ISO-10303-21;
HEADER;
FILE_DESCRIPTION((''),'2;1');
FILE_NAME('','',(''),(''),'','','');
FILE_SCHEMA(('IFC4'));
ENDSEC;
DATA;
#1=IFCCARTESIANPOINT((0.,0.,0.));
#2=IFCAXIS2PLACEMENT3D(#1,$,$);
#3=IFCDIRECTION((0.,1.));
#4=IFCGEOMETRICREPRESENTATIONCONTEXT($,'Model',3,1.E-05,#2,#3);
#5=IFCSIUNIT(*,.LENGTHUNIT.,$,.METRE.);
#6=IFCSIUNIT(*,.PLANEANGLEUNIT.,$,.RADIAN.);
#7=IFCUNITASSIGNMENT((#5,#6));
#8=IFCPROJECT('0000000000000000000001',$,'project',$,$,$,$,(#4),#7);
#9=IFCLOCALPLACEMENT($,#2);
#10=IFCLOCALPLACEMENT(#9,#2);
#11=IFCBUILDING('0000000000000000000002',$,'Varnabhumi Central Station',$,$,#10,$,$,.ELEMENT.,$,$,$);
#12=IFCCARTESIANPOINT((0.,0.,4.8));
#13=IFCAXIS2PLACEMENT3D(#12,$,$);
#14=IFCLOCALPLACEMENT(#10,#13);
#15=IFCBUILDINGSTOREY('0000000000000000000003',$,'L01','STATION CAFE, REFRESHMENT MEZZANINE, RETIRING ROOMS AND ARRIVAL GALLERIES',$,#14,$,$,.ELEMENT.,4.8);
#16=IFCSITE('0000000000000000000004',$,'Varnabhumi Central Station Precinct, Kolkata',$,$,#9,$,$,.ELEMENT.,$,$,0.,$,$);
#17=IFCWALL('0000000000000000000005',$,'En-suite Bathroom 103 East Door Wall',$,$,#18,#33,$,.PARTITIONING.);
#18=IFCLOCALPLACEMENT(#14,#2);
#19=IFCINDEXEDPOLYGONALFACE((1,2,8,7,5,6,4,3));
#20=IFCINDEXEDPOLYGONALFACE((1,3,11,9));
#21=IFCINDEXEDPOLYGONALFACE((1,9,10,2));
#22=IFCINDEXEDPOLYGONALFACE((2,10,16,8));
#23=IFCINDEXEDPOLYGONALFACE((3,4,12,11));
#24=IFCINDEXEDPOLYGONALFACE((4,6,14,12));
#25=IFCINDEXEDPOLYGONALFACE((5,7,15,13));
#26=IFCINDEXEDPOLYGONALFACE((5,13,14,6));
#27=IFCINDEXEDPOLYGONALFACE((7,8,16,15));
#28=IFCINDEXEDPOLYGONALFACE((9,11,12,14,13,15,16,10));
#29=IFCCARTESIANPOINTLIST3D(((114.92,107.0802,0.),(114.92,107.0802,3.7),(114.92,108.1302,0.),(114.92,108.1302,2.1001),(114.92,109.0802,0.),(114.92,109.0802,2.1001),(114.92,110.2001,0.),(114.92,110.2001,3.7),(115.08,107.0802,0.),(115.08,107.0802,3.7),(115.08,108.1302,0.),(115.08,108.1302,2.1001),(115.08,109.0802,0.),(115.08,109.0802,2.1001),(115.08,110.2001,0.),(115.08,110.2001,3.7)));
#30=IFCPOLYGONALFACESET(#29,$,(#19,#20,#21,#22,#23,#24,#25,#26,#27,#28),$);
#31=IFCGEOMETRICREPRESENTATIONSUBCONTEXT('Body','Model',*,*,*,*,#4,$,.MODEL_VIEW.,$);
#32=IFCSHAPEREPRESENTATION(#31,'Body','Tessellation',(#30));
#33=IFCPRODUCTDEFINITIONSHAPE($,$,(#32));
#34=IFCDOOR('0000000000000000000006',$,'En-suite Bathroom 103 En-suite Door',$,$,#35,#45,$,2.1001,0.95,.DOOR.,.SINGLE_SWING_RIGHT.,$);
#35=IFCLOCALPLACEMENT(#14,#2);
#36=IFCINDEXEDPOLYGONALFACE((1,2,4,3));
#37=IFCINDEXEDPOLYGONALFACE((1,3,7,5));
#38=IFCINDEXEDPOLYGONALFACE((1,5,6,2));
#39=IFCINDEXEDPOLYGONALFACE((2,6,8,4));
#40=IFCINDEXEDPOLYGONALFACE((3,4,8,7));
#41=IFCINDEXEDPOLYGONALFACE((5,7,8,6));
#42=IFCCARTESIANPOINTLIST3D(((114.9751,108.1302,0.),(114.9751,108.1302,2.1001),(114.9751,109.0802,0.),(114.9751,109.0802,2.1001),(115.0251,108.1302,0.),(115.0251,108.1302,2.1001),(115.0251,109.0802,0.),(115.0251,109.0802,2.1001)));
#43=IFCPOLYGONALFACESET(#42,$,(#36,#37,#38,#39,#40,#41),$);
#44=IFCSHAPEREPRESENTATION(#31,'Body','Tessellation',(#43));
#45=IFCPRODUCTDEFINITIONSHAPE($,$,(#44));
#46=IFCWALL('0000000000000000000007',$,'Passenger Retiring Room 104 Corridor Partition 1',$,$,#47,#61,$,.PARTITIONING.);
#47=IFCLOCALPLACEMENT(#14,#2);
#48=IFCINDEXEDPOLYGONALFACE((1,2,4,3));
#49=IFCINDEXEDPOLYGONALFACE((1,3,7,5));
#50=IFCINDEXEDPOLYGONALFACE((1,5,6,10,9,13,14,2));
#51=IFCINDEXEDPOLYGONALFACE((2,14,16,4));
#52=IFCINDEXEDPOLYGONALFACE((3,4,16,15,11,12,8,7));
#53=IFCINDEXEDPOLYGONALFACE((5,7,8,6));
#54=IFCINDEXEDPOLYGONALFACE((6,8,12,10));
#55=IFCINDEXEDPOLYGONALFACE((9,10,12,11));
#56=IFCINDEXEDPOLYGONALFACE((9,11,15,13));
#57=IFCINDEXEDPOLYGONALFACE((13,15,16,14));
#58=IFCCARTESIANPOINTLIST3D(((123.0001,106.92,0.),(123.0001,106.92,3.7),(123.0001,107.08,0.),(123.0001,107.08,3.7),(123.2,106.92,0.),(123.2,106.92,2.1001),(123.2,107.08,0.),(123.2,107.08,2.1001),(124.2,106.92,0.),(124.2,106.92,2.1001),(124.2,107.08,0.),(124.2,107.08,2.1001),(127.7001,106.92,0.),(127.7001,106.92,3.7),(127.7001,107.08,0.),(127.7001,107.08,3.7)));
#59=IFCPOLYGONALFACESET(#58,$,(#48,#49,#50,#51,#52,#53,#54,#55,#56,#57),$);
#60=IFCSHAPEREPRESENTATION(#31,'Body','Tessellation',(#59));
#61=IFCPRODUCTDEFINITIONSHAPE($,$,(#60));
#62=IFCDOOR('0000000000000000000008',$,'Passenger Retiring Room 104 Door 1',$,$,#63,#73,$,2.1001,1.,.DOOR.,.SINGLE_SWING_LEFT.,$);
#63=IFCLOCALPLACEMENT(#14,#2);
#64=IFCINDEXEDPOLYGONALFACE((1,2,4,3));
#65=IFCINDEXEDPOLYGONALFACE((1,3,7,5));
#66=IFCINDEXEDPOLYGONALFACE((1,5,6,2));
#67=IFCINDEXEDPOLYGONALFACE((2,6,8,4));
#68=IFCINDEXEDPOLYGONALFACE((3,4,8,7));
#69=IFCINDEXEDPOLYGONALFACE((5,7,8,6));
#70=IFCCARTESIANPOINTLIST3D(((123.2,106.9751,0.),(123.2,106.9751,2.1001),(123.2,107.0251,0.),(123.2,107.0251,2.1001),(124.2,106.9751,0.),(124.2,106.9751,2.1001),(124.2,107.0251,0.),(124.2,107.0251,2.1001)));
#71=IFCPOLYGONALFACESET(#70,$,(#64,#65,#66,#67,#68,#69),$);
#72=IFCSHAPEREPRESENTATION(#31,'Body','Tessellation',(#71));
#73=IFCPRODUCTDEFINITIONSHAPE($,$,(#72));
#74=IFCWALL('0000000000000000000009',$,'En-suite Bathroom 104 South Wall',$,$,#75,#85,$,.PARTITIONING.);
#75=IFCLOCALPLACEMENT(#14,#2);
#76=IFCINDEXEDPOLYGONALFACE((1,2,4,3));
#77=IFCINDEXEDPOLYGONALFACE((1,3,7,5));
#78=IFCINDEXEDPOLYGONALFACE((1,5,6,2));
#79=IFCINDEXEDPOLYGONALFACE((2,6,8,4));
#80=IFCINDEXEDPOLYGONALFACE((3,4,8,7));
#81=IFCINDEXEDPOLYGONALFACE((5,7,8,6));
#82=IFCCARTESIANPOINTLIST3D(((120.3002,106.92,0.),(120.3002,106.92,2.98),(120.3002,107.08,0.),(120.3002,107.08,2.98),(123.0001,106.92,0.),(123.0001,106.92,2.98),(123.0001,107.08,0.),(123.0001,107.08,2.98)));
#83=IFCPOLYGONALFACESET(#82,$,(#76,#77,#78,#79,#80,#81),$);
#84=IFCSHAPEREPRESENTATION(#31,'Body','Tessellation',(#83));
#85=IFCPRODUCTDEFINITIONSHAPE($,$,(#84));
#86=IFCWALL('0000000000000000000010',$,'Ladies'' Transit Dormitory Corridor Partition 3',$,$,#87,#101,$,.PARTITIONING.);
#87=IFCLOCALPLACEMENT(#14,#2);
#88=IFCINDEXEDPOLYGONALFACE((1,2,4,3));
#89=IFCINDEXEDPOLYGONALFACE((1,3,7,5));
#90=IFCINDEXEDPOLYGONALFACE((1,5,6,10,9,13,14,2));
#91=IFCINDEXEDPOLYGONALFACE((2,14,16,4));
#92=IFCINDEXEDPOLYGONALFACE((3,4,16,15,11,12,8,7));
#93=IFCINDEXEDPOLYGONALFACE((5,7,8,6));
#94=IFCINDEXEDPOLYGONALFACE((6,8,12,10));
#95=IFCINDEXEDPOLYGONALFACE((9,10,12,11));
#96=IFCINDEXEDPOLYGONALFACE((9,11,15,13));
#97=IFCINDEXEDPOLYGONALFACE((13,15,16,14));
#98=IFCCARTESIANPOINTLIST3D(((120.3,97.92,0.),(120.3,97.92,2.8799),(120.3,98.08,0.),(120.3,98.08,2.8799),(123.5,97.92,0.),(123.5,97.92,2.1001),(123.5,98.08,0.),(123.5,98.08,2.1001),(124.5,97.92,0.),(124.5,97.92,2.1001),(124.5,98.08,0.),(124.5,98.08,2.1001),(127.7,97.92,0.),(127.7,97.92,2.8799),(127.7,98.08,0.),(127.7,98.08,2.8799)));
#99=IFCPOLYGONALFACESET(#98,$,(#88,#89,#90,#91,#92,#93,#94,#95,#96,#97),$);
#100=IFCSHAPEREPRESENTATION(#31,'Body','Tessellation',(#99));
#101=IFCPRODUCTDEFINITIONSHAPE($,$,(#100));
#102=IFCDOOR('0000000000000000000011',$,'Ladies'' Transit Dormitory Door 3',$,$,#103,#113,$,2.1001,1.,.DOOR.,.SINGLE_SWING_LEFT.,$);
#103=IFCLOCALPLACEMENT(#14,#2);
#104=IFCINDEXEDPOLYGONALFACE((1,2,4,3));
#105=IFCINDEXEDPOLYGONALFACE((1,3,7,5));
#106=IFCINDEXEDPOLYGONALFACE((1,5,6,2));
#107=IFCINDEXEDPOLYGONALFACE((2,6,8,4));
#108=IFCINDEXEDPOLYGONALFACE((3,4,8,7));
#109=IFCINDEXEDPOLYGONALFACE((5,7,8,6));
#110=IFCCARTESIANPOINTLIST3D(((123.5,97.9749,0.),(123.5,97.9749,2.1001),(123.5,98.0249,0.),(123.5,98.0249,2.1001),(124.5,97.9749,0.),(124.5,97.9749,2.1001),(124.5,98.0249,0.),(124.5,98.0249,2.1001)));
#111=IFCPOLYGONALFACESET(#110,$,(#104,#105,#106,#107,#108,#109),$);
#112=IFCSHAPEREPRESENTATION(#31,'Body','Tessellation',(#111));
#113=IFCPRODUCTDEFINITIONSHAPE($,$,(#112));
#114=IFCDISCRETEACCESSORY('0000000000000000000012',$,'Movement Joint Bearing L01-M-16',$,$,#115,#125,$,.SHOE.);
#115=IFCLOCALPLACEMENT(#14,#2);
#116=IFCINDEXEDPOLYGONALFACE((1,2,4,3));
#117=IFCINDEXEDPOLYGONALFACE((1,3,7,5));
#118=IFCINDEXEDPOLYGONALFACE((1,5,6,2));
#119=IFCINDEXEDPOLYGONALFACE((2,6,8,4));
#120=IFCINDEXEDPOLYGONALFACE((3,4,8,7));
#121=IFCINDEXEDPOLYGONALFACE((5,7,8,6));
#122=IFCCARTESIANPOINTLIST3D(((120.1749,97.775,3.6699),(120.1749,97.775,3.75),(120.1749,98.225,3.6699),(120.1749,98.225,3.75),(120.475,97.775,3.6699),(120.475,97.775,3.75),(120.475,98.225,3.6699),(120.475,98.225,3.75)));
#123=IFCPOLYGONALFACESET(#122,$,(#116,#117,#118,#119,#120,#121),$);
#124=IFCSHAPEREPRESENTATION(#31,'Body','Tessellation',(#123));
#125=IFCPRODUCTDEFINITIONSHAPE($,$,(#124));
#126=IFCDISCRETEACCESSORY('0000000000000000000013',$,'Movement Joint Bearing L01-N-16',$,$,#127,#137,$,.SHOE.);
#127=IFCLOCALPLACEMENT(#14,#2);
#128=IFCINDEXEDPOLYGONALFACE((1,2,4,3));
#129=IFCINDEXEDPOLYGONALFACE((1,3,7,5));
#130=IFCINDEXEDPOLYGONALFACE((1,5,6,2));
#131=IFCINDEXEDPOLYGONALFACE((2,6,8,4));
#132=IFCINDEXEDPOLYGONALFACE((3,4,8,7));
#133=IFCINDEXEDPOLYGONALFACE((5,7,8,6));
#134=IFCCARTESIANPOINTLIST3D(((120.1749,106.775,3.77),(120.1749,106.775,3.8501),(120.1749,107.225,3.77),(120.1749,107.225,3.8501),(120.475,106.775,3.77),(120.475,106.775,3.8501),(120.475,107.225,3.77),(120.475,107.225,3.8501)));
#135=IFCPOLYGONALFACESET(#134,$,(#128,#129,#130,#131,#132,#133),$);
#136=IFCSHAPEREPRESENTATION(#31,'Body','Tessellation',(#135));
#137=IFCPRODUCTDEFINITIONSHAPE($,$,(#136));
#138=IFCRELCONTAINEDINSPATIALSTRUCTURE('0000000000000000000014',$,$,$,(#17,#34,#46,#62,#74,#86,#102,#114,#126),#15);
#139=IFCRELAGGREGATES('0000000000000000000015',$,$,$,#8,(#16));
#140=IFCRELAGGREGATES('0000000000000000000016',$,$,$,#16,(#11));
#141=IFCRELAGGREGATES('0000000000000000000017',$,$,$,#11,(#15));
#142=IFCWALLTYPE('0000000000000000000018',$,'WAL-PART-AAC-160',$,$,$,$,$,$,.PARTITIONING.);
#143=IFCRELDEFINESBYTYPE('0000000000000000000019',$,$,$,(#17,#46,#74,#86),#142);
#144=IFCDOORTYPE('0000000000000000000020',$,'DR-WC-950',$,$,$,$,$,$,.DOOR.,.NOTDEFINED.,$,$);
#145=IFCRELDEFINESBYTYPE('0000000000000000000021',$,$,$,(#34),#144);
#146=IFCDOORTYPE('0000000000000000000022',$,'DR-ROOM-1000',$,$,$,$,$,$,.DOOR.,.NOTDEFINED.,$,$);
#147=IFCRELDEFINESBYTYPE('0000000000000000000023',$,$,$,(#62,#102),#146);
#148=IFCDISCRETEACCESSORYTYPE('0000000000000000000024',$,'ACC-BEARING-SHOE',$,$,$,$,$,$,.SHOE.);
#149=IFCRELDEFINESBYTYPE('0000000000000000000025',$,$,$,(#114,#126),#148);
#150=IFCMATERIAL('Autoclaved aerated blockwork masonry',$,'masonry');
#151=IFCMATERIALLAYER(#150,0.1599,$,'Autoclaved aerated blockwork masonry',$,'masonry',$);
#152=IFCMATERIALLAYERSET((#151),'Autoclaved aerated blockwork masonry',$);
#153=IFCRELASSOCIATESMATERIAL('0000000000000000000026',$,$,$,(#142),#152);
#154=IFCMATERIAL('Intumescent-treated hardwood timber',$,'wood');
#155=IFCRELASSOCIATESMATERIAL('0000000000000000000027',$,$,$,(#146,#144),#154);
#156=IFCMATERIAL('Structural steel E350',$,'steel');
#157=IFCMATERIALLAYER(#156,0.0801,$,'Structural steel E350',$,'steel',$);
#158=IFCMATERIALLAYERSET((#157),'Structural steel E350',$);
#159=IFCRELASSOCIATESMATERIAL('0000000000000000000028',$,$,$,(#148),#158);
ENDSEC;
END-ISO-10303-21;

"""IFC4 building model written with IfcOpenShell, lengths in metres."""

from ifc_helpers import new_model, si_unit, direction, frame, frame_2d, origin, origin_2d, place, context, subcontext, project, spatial, rectangle, extrude, material, layer, layer_set, type_object, element, fill, save


model = new_model("IFC4")

# Units and contexts
model_context = context("Model", 3, precision=1e-05, world=origin(), true_north=direction((0.0, 1.0)))
body_context = subcontext(model_context, "Body", "Model", "MODEL_VIEW")
ifc_project = project(units=[si_unit("LENGTHUNIT", "METRE"), si_unit("PLANEANGLEUNIT", "RADIAN")], contexts=[model_context])

# Site, building, storey
site_placement = place(None, origin())
site = spatial("IfcSite", under=ifc_project, at=site_placement, Name="Varnabhumi Central Station Precinct, Kolkata", CompositionType="ELEMENT", RefElevation=0.0)
building_placement = place(site_placement, origin())
building = spatial("IfcBuilding", under=site, at=building_placement, Name="Varnabhumi Central Station", CompositionType="ELEMENT")
storey_placement = place(building_placement, frame((0.0, 0.0, 4.8)))
storey = spatial("IfcBuildingStorey", under=building, at=storey_placement, Name="L01", Description="STATION CAFE, REFRESHMENT MEZZANINE, RETIRING ROOMS AND ARRIVAL GALLERIES", CompositionType="ELEMENT", Elevation=4.8)

# Shared definitions
ifc_material_1 = material(Name="Structural steel E350", Category="steel")

# Walls, openings, doors
ifc_material_2 = material(Name="Autoclaved aerated blockwork masonry", Category="masonry")
ifc_layer_1 = layer(ifc_material_2, 0.1599, Name="Autoclaved aerated blockwork masonry", Category="masonry")
ifc_layer_set_1 = layer_set([ifc_layer_1], Name="Autoclaved aerated blockwork masonry")
wall_type = type_object("IfcWallType", Name="WAL-PART-AAC-160", PredefinedType="PARTITIONING", material=ifc_layer_set_1)
ifc_material_3 = material(Name="Intumescent-treated hardwood timber", Category="wood")
door_type_1 = type_object("IfcDoorType", Name="DR-ROOM-1000", OperationType="NOTDEFINED", PredefinedType="DOOR", material=ifc_material_3)
wall_1_placement = place(storey_placement, frame((115.0, 107.0801, 0.0), z_axis=(0.0, 0.0, 1.0), x_axis=(0.0, 1.0, 0.0)))
wall_1 = element("IfcWall", 1, at=wall_1_placement, inside=storey, type_object=wall_type, Name="En-suite Bathroom 103 East Door Wall", PredefinedType="PARTITIONING", context=body_context, shape_type="SweptSolid", body=[
    extrude(rectangle(XDim=3.1199, YDim=0.1599, at=frame_2d((1.5601, 0.0))), origin(), (0.0, 0.0, 1.0), 3.7),
])
opening_1_placement = place(wall_1_placement, frame((1.05, 0.0, 0.0)))
opening_1 = element("IfcOpeningElement", 2, at=opening_1_placement, cuts=wall_1, PredefinedType="OPENING", context=body_context, shape_type="SweptSolid", body=[
    extrude(rectangle(XDim=0.95, YDim=2.1001, at=frame_2d((0.4751, 1.05))), frame((0.0, 0.0898, 0.0), z_axis=(0.0, -1.0, 0.0), x_axis=(1.0, 0.0, 0.0)), (0.0, 0.0, 1.0), 0.1799),
])
door_type_2 = type_object("IfcDoorType", Name="DR-WC-950", OperationType="NOTDEFINED", PredefinedType="DOOR", material=ifc_material_3)
door_1_placement = place(opening_1_placement, origin())
door_1 = element("IfcDoor", 3, at=door_1_placement, inside=storey, type_object=door_type_2, Name="En-suite Bathroom 103 En-suite Door", OperationType="SINGLE_SWING_RIGHT", OverallHeight=2.1001, OverallWidth=0.95, PredefinedType="DOOR", context=body_context, shape_type="SweptSolid", body=[
    extrude(rectangle(XDim=0.95, YDim=2.1001, at=frame_2d((0.4751, 1.05))), frame((0.0, 0.0249, 0.0), z_axis=(0.0, -1.0, 0.0), x_axis=(1.0, 0.0, 0.0)), (0.0, 0.0, 1.0), 0.05),
])
fill(opening_1, door_1)
wall_2_placement = place(storey_placement, frame((123.0, 107.0, 0.0), z_axis=(0.0, 0.0, 1.0), x_axis=(1.0, 0.0, 0.0)))
wall_2 = element("IfcWall", 4, at=wall_2_placement, inside=storey, type_object=wall_type, Name="Passenger Retiring Room 104 Corridor Partition 1", PredefinedType="PARTITIONING", context=body_context, shape_type="SweptSolid", body=[
    extrude(rectangle(XDim=4.7, YDim=0.1599, at=frame_2d((2.3501, 0.0))), origin(), (0.0, 0.0, 1.0), 3.7),
])
opening_2_placement = place(wall_2_placement, frame((0.2, 0.0, 0.0)))
opening_2 = element("IfcOpeningElement", 5, at=opening_2_placement, cuts=wall_2, PredefinedType="OPENING", context=body_context, shape_type="SweptSolid", body=[
    extrude(rectangle(XDim=1.0, YDim=2.1001, at=frame_2d((0.5, 1.05))), frame((0.0, 0.0898, 0.0), z_axis=(0.0, -1.0, 0.0), x_axis=(1.0, 0.0, 0.0)), (0.0, 0.0, 1.0), 0.1799),
])
door_2_placement = place(opening_2_placement, frame((1.0, 0.0, 0.0), z_axis=(0.0, 0.0, 1.0), x_axis=(-1.0, 0.0, 0.0)))
door_2 = element("IfcDoor", 6, at=door_2_placement, inside=storey, type_object=door_type_1, Name="Passenger Retiring Room 104 Door 1", OperationType="SINGLE_SWING_LEFT", OverallHeight=2.1001, OverallWidth=1.0, PredefinedType="DOOR", context=body_context, shape_type="SweptSolid", body=[
    extrude(rectangle(XDim=1.0, YDim=2.1001, at=frame_2d((0.5, 1.05))), frame((0.0, 0.0249, 0.0), z_axis=(0.0, -1.0, 0.0), x_axis=(1.0, 0.0, 0.0)), (0.0, 0.0, 1.0), 0.05),
])
fill(opening_2, door_2)

# Wall
wall_3_placement = place(storey_placement, frame((120.3, 107.0, 0.0), z_axis=(0.0, 0.0, 1.0), x_axis=(1.0, 0.0, 0.0)))
element("IfcWall", 7, at=wall_3_placement, inside=storey, type_object=wall_type, Name="En-suite Bathroom 104 South Wall", PredefinedType="PARTITIONING", context=body_context, shape_type="SweptSolid", body=[
    extrude(rectangle(XDim=2.7, YDim=0.1599, at=frame_2d((1.3501, 0.0))), origin(), (0.0, 0.0, 1.0), 2.98),
])

# Wall, opening, door
wall_4_placement = place(storey_placement, frame((120.3, 98.0, 0.0), z_axis=(0.0, 0.0, 1.0), x_axis=(1.0, 0.0, 0.0)))
wall_4 = element("IfcWall", 8, at=wall_4_placement, inside=storey, type_object=wall_type, Name="Ladies' Transit Dormitory Corridor Partition 3", PredefinedType="PARTITIONING", context=body_context, shape_type="SweptSolid", body=[
    extrude(rectangle(XDim=7.3999, YDim=0.1599, at=frame_2d((3.7, 0.0))), origin(), (0.0, 0.0, 1.0), 2.8799),
])
opening_3_placement = place(wall_4_placement, frame((3.2, 0.0, 0.0)))
opening_3 = element("IfcOpeningElement", 9, at=opening_3_placement, cuts=wall_4, PredefinedType="OPENING", context=body_context, shape_type="SweptSolid", body=[
    extrude(rectangle(XDim=1.0, YDim=2.1001, at=frame_2d((0.5, 1.05))), frame((0.0, 0.0898, 0.0), z_axis=(0.0, -1.0, 0.0), x_axis=(1.0, 0.0, 0.0)), (0.0, 0.0, 1.0), 0.1799),
])
door_3_placement = place(opening_3_placement, origin())
door_3 = element("IfcDoor", 10, at=door_3_placement, inside=storey, type_object=door_type_1, Name="Ladies' Transit Dormitory Door 3", OperationType="SINGLE_SWING_LEFT", OverallHeight=2.1001, OverallWidth=1.0, PredefinedType="DOOR", context=body_context, shape_type="SweptSolid", body=[
    extrude(rectangle(XDim=1.0, YDim=2.1001, at=frame_2d((0.5, 1.05))), frame((0.0, 0.0249, 0.0), z_axis=(0.0, -1.0, 0.0), x_axis=(1.0, 0.0, 0.0)), (0.0, 0.0, 1.0), 0.05),
])
fill(opening_3, door_3)

# Discrete accessories
ifc_layer_2 = layer(ifc_material_1, 0.0801, Name="Structural steel E350", Category="steel")
ifc_layer_set_2 = layer_set([ifc_layer_2], Name="Structural steel E350")
discrete_accessory_type = type_object("IfcDiscreteAccessoryType", Name="ACC-BEARING-SHOE", PredefinedType="SHOE", material=ifc_layer_set_2)
for number, where, z_axis, x_axis, name in (
    (11, (120.325, 98.0, 3.6699), (0.0, 0.0, 1.0), (1.0, 0.0, 0.0), "Movement Joint Bearing L01-M-16"),
    (12, (120.325, 107.0, 3.77), (0.0, 0.0, 1.0), (1.0, 0.0, 0.0), "Movement Joint Bearing L01-N-16"),
):
    element("IfcDiscreteAccessory", number, at=place(storey_placement, frame(where, z_axis=z_axis, x_axis=x_axis)), inside=storey, type_object=discrete_accessory_type, Name=name, PredefinedType="SHOE", context=body_context, shape_type="SweptSolid", body=[
        extrude(rectangle(XDim=0.3, YDim=0.45, at=origin_2d()), origin(), (0.0, 0.0, 1.0), 0.0801),
    ])

save(model, "model.ifc")
